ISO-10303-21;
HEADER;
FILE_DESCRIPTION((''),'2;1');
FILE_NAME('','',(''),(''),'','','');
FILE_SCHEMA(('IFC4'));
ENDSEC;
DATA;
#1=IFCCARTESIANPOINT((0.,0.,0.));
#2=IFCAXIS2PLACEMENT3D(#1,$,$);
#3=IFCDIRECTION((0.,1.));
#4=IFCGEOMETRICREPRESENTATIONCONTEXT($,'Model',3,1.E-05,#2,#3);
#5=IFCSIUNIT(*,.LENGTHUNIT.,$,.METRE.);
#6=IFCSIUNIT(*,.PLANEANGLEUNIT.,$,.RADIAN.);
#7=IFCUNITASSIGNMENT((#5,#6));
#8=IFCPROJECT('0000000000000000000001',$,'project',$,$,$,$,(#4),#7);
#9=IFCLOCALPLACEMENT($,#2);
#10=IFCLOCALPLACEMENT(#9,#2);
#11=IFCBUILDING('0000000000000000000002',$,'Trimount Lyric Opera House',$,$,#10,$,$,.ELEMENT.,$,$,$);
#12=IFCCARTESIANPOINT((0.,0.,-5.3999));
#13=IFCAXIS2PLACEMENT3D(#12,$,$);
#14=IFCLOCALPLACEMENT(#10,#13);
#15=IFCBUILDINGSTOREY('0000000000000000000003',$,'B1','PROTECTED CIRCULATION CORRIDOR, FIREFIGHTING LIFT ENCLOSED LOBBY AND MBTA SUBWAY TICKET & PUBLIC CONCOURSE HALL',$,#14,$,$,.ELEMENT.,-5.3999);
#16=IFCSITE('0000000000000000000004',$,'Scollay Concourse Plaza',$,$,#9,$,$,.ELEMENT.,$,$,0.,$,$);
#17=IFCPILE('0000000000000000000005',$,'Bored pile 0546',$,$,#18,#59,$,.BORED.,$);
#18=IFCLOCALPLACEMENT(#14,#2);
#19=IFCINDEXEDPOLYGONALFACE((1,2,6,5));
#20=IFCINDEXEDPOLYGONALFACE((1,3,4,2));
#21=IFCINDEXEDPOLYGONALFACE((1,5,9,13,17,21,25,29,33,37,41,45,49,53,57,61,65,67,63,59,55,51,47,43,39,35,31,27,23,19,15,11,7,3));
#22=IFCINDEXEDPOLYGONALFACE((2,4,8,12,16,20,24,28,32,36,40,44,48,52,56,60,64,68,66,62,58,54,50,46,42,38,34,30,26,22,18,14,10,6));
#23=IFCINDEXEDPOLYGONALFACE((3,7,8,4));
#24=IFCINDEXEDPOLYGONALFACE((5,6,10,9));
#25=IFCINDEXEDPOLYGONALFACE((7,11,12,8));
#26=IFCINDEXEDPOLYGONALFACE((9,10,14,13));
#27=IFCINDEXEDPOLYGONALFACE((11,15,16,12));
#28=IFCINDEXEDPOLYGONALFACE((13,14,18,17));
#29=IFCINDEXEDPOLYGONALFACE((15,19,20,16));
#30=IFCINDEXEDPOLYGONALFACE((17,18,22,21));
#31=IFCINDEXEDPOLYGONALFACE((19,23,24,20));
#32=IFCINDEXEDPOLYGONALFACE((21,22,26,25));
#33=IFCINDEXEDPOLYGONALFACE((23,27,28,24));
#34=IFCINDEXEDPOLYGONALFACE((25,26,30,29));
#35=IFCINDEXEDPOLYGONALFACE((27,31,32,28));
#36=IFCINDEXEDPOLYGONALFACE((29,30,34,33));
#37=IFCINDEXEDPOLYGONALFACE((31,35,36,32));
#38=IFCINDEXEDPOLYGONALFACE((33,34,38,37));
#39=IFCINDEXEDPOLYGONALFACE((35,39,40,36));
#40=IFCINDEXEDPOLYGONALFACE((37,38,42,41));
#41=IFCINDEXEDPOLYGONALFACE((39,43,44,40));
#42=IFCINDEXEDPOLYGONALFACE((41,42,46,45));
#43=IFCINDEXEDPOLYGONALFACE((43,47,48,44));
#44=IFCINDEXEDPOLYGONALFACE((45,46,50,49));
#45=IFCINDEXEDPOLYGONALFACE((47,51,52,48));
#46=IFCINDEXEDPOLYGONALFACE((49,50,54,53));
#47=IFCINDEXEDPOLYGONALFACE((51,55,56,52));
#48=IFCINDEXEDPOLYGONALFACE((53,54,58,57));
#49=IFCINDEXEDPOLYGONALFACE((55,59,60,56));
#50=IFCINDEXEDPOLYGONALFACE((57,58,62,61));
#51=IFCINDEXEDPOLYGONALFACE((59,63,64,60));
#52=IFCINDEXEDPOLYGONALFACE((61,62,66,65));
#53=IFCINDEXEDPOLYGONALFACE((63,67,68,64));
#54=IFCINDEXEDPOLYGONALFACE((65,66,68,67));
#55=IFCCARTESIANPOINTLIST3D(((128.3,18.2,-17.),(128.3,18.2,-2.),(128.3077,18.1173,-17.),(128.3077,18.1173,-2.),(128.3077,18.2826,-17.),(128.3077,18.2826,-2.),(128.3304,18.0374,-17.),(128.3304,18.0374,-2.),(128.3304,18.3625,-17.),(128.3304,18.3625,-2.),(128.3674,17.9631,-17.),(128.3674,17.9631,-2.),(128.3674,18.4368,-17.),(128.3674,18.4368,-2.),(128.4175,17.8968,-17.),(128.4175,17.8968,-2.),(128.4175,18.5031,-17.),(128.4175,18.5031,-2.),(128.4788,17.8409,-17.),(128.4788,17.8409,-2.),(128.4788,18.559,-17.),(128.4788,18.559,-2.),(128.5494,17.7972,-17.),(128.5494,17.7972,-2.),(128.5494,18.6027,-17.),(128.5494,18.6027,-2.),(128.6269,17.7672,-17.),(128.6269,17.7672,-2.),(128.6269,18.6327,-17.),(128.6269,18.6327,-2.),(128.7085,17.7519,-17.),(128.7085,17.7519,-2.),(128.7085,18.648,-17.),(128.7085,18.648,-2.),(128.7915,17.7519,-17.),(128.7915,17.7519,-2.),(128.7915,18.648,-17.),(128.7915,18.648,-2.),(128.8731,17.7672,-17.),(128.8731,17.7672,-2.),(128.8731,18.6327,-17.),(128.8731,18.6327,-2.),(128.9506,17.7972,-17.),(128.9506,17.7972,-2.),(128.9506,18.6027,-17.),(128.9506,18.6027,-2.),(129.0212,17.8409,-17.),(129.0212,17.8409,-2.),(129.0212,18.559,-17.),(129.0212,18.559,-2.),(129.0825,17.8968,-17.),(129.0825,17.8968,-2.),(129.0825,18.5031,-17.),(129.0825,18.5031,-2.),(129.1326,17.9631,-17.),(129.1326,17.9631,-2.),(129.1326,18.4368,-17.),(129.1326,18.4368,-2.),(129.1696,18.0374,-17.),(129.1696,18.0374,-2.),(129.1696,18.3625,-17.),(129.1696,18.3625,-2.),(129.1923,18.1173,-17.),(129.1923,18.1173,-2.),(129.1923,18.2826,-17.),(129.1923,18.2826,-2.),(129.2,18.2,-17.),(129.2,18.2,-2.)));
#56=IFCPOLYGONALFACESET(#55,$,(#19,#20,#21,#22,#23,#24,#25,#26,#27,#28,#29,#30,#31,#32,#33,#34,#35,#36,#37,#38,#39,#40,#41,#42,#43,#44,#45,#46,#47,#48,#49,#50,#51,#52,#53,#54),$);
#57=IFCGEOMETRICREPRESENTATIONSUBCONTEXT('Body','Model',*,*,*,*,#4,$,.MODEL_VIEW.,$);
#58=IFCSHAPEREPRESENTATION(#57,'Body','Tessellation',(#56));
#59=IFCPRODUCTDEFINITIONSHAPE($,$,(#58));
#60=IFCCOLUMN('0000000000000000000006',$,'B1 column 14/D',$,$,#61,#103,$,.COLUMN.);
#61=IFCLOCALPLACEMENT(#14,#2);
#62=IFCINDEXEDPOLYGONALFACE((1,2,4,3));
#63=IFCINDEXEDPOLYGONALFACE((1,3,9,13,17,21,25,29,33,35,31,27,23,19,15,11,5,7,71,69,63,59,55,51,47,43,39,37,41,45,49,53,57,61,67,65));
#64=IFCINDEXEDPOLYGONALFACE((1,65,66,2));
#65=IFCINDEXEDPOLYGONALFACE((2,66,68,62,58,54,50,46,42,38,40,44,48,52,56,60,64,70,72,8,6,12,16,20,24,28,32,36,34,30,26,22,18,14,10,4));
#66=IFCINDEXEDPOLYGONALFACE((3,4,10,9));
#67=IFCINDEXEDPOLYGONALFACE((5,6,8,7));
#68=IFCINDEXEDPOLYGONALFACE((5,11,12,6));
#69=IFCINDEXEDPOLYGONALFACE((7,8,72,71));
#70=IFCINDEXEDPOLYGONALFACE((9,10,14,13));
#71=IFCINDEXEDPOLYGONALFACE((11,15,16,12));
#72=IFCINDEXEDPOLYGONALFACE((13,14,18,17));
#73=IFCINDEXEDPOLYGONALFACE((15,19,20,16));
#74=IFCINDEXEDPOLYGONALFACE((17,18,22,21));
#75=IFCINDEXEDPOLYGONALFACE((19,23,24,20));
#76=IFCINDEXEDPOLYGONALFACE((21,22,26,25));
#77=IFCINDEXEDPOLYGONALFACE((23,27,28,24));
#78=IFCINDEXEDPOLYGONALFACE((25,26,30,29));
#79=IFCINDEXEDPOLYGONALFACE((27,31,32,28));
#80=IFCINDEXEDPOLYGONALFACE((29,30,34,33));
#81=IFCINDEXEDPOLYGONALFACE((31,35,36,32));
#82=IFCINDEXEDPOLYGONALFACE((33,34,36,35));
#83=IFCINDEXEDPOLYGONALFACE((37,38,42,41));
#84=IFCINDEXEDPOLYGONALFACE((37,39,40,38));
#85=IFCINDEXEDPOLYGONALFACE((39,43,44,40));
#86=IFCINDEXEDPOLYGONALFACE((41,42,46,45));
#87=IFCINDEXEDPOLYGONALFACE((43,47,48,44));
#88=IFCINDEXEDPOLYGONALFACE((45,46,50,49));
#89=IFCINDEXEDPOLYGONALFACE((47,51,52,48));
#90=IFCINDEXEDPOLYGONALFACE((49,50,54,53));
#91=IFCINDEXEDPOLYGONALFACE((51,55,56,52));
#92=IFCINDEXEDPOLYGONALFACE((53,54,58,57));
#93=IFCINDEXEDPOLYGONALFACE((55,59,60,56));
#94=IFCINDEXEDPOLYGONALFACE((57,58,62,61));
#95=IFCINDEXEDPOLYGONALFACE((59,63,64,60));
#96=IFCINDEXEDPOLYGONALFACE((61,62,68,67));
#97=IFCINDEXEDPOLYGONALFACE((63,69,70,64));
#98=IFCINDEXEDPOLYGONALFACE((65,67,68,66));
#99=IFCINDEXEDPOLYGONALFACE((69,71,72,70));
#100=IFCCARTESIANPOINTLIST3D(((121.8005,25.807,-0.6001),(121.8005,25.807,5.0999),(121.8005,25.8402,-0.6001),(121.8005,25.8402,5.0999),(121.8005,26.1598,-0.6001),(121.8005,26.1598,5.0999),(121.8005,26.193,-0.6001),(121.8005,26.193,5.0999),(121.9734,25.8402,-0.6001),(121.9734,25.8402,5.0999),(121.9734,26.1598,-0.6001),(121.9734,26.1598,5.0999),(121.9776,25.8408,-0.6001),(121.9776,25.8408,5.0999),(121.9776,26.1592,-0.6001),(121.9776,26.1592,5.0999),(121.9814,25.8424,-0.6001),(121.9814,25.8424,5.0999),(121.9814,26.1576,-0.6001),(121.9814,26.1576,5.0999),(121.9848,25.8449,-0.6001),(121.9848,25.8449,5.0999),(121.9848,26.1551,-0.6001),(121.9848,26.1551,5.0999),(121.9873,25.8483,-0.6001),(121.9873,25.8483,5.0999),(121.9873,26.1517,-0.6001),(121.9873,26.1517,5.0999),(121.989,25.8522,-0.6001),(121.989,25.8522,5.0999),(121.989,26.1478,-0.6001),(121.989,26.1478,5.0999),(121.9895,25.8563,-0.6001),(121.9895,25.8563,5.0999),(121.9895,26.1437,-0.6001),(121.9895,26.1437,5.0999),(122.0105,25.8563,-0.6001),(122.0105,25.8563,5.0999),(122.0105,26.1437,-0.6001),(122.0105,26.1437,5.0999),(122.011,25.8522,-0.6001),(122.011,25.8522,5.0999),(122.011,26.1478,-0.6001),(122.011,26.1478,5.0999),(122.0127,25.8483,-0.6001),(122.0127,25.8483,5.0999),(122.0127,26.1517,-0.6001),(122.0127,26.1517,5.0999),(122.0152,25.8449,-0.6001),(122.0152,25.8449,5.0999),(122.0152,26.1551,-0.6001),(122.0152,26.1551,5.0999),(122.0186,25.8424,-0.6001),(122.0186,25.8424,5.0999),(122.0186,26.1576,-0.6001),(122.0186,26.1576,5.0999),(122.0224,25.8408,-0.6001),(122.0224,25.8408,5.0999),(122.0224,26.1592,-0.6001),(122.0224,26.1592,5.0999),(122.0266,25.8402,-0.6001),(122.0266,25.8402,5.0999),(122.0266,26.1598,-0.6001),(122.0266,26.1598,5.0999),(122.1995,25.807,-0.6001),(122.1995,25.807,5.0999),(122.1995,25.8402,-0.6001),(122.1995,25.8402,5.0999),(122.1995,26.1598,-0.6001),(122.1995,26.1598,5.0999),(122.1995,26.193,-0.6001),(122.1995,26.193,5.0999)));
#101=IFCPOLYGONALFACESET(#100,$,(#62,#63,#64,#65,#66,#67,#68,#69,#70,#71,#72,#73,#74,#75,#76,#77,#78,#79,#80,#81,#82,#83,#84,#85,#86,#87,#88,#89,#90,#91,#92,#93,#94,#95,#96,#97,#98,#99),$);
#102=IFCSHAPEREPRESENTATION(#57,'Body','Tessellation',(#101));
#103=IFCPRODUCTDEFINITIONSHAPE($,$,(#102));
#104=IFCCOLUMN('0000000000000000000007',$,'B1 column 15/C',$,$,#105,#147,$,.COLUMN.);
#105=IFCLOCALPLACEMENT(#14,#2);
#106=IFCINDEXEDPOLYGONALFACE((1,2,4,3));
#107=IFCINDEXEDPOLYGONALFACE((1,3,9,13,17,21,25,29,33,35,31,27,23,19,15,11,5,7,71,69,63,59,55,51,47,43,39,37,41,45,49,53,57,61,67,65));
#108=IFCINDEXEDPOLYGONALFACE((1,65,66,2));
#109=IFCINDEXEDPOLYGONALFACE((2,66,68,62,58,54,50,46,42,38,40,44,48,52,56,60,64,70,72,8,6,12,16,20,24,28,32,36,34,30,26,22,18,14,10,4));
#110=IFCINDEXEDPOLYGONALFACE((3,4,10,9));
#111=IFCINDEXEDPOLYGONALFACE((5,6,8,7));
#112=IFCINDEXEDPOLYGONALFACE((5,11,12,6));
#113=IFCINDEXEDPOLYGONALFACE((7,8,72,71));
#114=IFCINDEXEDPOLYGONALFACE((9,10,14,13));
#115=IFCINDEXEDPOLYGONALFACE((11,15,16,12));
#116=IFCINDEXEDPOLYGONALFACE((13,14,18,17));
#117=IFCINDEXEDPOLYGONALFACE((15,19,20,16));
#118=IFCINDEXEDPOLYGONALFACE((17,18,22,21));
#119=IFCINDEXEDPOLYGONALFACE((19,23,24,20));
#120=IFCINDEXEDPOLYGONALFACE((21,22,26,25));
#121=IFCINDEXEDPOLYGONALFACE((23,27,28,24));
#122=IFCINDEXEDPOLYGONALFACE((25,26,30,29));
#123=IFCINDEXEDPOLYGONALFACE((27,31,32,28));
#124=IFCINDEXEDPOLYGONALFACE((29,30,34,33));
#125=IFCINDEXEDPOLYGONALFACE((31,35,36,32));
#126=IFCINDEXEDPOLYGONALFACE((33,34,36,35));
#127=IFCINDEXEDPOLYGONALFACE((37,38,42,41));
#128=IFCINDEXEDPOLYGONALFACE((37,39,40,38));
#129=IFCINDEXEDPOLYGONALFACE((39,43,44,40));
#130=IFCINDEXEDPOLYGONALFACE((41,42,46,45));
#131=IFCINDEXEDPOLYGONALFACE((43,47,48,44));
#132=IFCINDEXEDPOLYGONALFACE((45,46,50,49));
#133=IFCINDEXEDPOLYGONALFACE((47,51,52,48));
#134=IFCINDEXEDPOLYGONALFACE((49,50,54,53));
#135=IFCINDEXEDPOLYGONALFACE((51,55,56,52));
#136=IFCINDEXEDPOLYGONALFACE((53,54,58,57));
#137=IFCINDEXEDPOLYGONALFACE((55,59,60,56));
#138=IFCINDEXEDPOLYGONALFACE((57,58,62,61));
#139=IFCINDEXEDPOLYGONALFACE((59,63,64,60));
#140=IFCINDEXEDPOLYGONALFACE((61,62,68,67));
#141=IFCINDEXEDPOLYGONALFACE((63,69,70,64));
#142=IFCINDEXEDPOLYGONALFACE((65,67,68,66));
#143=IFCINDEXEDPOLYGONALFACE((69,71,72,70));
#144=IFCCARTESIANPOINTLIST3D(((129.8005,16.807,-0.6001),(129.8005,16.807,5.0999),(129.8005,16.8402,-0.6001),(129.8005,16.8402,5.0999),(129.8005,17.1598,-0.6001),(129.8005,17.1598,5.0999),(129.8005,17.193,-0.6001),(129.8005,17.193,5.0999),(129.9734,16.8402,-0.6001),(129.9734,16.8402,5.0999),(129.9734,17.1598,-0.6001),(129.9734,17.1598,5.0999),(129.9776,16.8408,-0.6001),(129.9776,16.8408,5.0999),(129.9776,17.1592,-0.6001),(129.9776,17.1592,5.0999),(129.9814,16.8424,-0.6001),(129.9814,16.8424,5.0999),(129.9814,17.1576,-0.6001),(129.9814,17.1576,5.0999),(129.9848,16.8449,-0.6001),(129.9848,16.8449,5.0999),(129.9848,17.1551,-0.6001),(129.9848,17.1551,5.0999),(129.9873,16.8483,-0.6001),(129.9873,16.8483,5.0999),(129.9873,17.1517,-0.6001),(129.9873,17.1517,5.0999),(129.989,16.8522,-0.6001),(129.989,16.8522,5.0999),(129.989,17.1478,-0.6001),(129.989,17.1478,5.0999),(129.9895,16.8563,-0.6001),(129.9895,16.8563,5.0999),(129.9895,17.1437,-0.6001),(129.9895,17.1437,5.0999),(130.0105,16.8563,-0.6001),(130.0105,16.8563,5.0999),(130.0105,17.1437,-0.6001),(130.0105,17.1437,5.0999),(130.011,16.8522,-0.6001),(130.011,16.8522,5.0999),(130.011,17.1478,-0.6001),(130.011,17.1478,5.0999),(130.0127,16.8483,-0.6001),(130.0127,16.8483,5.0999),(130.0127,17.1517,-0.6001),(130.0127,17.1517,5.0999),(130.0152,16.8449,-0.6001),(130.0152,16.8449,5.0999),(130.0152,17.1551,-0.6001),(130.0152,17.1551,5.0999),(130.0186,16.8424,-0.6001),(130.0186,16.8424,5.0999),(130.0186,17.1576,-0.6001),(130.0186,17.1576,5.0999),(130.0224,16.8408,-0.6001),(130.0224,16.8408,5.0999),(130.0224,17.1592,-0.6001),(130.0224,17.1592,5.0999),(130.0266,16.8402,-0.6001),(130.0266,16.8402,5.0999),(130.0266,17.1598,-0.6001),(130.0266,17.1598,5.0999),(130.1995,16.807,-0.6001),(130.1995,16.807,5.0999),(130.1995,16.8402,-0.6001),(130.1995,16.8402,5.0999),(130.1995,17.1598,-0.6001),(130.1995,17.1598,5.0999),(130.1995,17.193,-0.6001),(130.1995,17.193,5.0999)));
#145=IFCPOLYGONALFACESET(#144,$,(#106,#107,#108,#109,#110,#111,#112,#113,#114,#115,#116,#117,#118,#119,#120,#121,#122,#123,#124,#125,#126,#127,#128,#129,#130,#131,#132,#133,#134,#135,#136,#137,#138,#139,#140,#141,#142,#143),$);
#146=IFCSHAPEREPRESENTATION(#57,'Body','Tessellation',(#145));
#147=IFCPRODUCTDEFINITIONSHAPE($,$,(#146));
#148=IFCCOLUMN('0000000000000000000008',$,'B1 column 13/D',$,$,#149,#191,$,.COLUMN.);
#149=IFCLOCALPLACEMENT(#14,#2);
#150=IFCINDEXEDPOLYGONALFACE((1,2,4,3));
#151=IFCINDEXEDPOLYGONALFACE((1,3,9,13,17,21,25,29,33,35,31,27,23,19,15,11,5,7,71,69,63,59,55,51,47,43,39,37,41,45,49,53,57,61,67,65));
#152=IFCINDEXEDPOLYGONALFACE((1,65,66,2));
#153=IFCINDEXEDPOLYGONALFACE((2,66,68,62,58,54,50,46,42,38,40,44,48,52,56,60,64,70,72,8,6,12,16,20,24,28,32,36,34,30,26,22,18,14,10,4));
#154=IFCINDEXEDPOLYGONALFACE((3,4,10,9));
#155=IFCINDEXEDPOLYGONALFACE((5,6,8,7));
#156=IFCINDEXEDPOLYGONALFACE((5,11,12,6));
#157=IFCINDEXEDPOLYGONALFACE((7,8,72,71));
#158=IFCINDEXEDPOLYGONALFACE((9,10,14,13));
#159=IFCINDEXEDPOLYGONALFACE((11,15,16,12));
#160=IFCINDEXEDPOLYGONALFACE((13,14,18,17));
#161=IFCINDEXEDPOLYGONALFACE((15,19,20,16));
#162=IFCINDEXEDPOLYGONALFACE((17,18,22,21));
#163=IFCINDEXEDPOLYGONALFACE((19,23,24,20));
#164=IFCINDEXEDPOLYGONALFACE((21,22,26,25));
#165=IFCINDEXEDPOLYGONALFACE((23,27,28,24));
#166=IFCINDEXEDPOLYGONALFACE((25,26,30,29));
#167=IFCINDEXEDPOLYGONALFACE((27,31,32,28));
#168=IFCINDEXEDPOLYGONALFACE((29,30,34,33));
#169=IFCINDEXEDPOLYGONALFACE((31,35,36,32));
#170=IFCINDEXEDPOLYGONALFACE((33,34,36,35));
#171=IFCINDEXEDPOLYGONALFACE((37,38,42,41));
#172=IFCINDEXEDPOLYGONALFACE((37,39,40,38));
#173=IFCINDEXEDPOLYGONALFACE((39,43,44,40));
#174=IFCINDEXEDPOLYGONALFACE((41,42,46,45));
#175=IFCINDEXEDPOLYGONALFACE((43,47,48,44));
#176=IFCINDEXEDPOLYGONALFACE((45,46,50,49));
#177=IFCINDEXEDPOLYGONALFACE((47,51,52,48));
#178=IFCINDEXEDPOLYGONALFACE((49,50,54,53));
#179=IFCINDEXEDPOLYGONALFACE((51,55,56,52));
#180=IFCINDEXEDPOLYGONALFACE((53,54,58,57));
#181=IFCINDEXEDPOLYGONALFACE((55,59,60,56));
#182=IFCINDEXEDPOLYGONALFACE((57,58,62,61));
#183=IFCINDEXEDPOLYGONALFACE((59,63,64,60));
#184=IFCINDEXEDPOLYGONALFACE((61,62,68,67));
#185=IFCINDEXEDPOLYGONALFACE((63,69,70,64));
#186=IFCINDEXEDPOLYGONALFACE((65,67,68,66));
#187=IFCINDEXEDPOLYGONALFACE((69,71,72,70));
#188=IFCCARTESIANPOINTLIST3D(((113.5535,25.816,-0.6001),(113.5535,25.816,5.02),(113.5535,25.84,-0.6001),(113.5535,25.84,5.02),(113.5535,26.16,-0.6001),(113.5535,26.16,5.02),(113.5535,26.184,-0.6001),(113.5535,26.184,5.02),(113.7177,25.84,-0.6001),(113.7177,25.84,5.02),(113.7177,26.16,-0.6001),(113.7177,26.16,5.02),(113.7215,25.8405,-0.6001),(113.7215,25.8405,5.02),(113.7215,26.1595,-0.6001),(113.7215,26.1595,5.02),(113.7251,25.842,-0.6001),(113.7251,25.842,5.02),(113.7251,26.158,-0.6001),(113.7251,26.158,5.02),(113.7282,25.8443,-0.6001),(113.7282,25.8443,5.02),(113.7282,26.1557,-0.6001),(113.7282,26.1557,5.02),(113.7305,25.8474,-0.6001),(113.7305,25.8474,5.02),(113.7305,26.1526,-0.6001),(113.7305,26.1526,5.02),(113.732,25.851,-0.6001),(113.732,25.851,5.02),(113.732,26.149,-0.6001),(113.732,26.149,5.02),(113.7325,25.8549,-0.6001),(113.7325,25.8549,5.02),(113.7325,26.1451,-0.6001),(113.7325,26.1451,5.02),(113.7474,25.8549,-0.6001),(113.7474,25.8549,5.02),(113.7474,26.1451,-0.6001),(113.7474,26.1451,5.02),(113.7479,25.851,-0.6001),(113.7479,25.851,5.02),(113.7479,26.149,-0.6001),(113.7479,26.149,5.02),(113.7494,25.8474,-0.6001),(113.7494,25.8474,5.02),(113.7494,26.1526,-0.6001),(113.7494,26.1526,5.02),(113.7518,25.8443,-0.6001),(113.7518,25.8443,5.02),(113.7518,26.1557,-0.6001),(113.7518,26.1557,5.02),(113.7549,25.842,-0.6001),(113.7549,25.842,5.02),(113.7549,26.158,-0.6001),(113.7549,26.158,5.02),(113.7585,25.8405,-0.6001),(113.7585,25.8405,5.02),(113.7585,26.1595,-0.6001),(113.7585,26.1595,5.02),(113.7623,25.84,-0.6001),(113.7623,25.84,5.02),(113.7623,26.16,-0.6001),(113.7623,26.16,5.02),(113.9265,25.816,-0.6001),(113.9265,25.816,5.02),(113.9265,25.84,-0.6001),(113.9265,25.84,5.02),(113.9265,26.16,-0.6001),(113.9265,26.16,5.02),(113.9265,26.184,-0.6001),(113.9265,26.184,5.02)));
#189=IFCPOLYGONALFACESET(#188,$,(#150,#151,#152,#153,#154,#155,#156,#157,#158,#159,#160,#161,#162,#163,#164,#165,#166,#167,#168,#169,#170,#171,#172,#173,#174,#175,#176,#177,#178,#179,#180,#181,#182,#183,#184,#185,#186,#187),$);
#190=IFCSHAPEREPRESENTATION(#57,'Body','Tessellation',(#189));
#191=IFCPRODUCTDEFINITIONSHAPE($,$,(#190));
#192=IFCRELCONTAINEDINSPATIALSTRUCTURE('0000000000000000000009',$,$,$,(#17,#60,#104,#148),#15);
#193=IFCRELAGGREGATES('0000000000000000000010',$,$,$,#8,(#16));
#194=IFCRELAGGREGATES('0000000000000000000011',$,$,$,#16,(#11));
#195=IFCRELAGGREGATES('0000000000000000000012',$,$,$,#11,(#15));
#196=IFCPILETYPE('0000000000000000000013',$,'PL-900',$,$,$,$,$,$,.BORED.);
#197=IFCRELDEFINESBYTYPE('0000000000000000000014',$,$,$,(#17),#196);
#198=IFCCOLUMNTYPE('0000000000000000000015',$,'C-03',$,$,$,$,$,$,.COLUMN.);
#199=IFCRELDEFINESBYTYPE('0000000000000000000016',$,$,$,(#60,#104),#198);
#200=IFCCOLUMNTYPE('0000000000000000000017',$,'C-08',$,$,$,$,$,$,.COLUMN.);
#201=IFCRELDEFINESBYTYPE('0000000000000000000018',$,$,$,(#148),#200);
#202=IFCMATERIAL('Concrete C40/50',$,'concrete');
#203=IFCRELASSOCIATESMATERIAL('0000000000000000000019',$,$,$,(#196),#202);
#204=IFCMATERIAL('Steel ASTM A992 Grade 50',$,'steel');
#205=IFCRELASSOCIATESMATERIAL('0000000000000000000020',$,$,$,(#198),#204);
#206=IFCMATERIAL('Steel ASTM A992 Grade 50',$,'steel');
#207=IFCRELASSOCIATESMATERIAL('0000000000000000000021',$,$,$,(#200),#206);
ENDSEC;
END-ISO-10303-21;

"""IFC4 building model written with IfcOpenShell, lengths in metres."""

from ifc_helpers import new_model, si_unit, direction, frame, origin, origin_2d, place, context, subcontext, project, spatial, circle, i_section, extrude, material, material_profile, profile_set, type_object, element, save


model = new_model("IFC4")

# Units and contexts
model_context = context("Model", 3, precision=1e-05, world=origin(), true_north=direction((0.0, 1.0)))
body_context = subcontext(model_context, "Body", "Model", "MODEL_VIEW")
ifc_project = project(units=[si_unit("LENGTHUNIT", "METRE"), si_unit("PLANEANGLEUNIT", "RADIAN")], contexts=[model_context])

# Site, building, storey
site_placement = place(None, origin())
site = spatial("IfcSite", under=ifc_project, at=site_placement, Name="Scollay Concourse Plaza", CompositionType="ELEMENT", RefElevation=0.0)
building_placement = place(site_placement, origin())
building = spatial("IfcBuilding", under=site, at=building_placement, Name="Trimount Lyric Opera House", CompositionType="ELEMENT")
storey_placement = place(building_placement, frame((0.0, 0.0, -5.3999)))
storey = spatial("IfcBuildingStorey", under=building, at=storey_placement, Name="B1", Description="PROTECTED CIRCULATION CORRIDOR, FIREFIGHTING LIFT ENCLOSED LOBBY AND MBTA SUBWAY TICKET & PUBLIC CONCOURSE HALL", CompositionType="ELEMENT", Elevation=-5.3999)

# Pile
ifc_material_1 = material(Name="Concrete C40/50", Category="concrete")
ifc_material_profile_1 = material_profile(ifc_material_1, circle(Radius=0.45, at=origin_2d()), Name="PILE-D900")
ifc_profile_set_1 = profile_set([ifc_material_profile_1], Name="Concrete C40/50")
pile_type_1 = type_object("IfcPileType", Name="PL-900", PredefinedType="BORED", material=ifc_profile_set_1)
for number, where, z_axis, x_axis, name in (
    (1, (128.75, 18.2, -2.0), (0.0, 0.0, -1.0), (1.0, 0.0, 0.0), "Bored pile 0546"),
):
    element("IfcPile", number, at=place(storey_placement, frame(where, z_axis=z_axis, x_axis=x_axis)), inside=storey, type_object=pile_type_1, Name=name, PredefinedType="BORED", context=body_context, shape_type="SweptSolid", body=[
        extrude(circle(Radius=0.45, at=origin_2d()), origin(), (0.0, 0.0, 1.0), 15.0),
    ])

# Columns
ifc_material_2 = material(Name="Steel ASTM A992 Grade 50", Category="steel")
ifc_material_profile_2 = material_profile(ifc_material_2, i_section(OverallWidth=0.3989, OverallDepth=0.386, WebThickness=0.021, FlangeThickness=0.0332, FilletRadius=0.0161, at=origin_2d()), Name="W14X176")
ifc_profile_set_2 = profile_set([ifc_material_profile_2], Name="Steel ASTM A992 Grade 50")
column_type_1 = type_object("IfcColumnType", Name="C-03", PredefinedType="COLUMN", material=ifc_profile_set_2)
for number, where, z_axis, x_axis, name in (
    (2, (122.0, 26.0, -0.6001), (0.0, 0.0, 1.0), (1.0, 0.0, 0.0), "B1 column 14/D"),
    (3, (130.0, 17.0, -0.6001), (0.0, 0.0, 1.0), (1.0, 0.0, 0.0), "B1 column 15/C"),
):
    element("IfcColumn", number, at=place(storey_placement, frame(where, z_axis=z_axis, x_axis=x_axis)), inside=storey, type_object=column_type_1, Name=name, PredefinedType="COLUMN", context=body_context, shape_type="SweptSolid", body=[
        extrude(i_section(OverallWidth=0.3989, OverallDepth=0.386, WebThickness=0.021, FlangeThickness=0.0332, FilletRadius=0.0161, at=origin_2d()), origin(), (0.0, 0.0, 1.0), 5.7),
    ])
ifc_material_3 = material(Name="Steel ASTM A992 Grade 50", Category="steel")
ifc_material_profile_3 = material_profile(ifc_material_3, i_section(OverallWidth=0.373, OverallDepth=0.3679, WebThickness=0.0149, FlangeThickness=0.0239, FilletRadius=0.0149, at=origin_2d()), Name="W14X120")
ifc_profile_set_3 = profile_set([ifc_material_profile_3], Name="Steel ASTM A992 Grade 50")
column_type_2 = type_object("IfcColumnType", Name="C-08", PredefinedType="COLUMN", material=ifc_profile_set_3)
column_1_placement = place(storey_placement, frame((113.74, 26.0, -0.6001), z_axis=(0.0, 0.0, 1.0), x_axis=(1.0, 0.0, 0.0)))
element("IfcColumn", 4, at=column_1_placement, inside=storey, type_object=column_type_2, Name="B1 column 13/D", PredefinedType="COLUMN", context=body_context, shape_type="SweptSolid", body=[
    extrude(i_section(OverallWidth=0.373, OverallDepth=0.3679, WebThickness=0.0149, FlangeThickness=0.0239, FilletRadius=0.0149, at=origin_2d()), origin(), (0.0, 0.0, 1.0), 5.6201),
])

save(model, "model.ifc")
